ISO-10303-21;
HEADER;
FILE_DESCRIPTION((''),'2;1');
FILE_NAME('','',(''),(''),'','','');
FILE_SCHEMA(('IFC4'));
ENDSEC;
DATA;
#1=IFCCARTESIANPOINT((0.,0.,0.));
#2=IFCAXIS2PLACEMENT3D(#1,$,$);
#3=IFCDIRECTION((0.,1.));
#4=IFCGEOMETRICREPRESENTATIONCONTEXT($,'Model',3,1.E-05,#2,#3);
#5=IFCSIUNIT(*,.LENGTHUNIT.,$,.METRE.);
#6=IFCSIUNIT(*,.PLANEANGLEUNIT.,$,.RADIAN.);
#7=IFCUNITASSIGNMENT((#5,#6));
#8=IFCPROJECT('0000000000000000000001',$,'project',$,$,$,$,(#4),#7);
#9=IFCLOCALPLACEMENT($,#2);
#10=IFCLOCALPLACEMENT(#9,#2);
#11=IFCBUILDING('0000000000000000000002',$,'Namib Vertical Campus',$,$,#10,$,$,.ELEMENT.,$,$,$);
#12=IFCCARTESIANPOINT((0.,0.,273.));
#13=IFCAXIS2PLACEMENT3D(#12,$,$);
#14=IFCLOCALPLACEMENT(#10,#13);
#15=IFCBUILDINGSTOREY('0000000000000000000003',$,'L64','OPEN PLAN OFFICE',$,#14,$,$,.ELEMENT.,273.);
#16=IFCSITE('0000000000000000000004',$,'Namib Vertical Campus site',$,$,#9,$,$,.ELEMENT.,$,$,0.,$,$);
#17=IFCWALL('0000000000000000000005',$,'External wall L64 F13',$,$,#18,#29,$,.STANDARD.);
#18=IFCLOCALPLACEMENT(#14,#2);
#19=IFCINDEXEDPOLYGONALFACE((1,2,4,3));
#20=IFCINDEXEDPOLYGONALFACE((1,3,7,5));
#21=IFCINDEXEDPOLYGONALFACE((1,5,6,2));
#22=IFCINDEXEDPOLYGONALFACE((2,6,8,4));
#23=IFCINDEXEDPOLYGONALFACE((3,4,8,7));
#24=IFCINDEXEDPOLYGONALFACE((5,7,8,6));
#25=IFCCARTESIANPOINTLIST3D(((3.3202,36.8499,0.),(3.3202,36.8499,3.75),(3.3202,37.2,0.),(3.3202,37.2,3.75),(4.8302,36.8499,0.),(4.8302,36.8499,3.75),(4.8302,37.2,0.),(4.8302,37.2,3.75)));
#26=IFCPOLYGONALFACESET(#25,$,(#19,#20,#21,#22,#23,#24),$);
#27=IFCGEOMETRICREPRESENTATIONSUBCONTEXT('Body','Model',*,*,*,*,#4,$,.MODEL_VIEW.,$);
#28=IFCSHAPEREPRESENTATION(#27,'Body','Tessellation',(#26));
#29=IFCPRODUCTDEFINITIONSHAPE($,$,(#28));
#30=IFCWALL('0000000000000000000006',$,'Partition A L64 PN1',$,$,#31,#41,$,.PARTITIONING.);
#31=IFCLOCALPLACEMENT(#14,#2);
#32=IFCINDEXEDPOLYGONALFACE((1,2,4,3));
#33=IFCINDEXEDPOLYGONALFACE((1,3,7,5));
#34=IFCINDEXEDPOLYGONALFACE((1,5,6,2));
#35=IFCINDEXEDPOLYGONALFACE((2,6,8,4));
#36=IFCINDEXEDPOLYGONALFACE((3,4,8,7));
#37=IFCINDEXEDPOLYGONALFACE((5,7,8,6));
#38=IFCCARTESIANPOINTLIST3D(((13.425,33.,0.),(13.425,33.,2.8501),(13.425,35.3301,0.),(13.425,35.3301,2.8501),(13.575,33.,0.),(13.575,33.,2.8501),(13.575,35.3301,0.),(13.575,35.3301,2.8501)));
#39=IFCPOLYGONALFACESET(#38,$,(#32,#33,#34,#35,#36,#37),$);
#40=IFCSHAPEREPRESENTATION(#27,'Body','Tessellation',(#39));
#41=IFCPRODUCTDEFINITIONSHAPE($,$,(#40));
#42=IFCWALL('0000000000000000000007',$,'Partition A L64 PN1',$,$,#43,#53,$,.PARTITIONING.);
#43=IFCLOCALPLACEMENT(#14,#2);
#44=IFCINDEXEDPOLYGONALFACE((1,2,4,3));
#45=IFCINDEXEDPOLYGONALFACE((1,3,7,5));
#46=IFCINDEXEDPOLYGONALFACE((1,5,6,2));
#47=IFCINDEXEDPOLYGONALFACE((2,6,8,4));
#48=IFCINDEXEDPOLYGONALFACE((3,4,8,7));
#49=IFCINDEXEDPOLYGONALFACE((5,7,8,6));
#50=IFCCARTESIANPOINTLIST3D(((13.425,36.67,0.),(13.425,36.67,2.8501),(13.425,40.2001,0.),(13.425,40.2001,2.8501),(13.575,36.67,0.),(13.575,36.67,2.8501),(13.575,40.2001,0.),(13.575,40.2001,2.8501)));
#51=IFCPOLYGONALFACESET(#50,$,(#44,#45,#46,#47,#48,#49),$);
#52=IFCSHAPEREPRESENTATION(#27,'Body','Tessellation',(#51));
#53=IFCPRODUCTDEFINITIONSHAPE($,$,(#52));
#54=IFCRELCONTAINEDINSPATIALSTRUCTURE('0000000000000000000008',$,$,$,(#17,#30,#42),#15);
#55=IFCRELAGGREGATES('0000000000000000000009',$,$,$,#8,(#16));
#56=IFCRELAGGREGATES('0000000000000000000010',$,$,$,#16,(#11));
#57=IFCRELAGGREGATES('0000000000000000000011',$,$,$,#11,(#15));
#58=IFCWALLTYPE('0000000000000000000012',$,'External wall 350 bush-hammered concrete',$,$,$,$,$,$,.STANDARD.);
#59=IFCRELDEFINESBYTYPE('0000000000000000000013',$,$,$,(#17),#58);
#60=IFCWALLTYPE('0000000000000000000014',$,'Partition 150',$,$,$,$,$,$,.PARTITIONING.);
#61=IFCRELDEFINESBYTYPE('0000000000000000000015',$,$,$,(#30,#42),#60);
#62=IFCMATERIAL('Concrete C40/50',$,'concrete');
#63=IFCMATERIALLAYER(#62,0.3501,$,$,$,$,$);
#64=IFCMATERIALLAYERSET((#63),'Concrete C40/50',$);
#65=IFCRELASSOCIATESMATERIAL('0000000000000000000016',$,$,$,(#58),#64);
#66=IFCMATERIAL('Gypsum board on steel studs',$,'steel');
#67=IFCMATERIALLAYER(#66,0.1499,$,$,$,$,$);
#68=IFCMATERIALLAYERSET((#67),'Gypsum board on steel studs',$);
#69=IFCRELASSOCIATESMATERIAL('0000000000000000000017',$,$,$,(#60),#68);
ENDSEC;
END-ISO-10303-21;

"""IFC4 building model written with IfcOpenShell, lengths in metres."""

from ifc_helpers import new_model, si_unit, direction, frame, frame_2d, origin, place, context, subcontext, project, spatial, rectangle, extrude, material, layer, layer_set, type_object, element, save


model = new_model("IFC4")

# Units and contexts
model_context = context("Model", 3, precision=1e-05, world=origin(), true_north=direction((0.0, 1.0)))
body_context = subcontext(model_context, "Body", "Model", "MODEL_VIEW")
ifc_project = project(units=[si_unit("LENGTHUNIT", "METRE"), si_unit("PLANEANGLEUNIT", "RADIAN")], contexts=[model_context])

# Site, building, storey
site_placement = place(None, origin())
site = spatial("IfcSite", under=ifc_project, at=site_placement, Name="Namib Vertical Campus site", CompositionType="ELEMENT", RefElevation=0.0)
building_placement = place(site_placement, origin())
building = spatial("IfcBuilding", under=site, at=building_placement, Name="Namib Vertical Campus", CompositionType="ELEMENT")
storey_placement = place(building_placement, frame((0.0, 0.0, 273.0)))
storey = spatial("IfcBuildingStorey", under=building, at=storey_placement, Name="L64", Description="OPEN PLAN OFFICE", CompositionType="ELEMENT", Elevation=273.0)

# Walls
ifc_material_1 = material(Name="Concrete C40/50", Category="concrete")
ifc_layer_1 = layer(ifc_material_1, 0.3501)
ifc_layer_set_1 = layer_set([ifc_layer_1], Name="Concrete C40/50")
wall_type_1 = type_object("IfcWallType", Name="External wall 350 bush-hammered concrete", PredefinedType="STANDARD", material=ifc_layer_set_1)
wall_1_placement = place(storey_placement, frame((4.8301, 37.0249, 0.0), z_axis=(0.0, 0.0, 1.0), x_axis=(-1.0, 0.0, 0.0)))
element("IfcWall", 1, at=wall_1_placement, inside=storey, type_object=wall_type_1, Name="External wall L64 F13", PredefinedType="STANDARD", context=body_context, shape_type="SweptSolid", body=[
    extrude(rectangle(XDim=1.51, YDim=0.3501, at=frame_2d((0.7549, 0.0))), origin(), (0.0, 0.0, 1.0), 3.75),
])
ifc_material_2 = material(Name="Gypsum board on steel studs", Category="steel")
ifc_layer_2 = layer(ifc_material_2, 0.1499)
ifc_layer_set_2 = layer_set([ifc_layer_2], Name="Gypsum board on steel studs")
wall_type_2 = type_object("IfcWallType", Name="Partition 150", PredefinedType="PARTITIONING", material=ifc_layer_set_2)
wall_2_placement = place(storey_placement, frame((13.5, 33.0, 0.0), z_axis=(0.0, 0.0, 1.0), x_axis=(0.0, 1.0, 0.0)))
element("IfcWall", 2, at=wall_2_placement, inside=storey, type_object=wall_type_2, Name="Partition A L64 PN1", PredefinedType="PARTITIONING", context=body_context, shape_type="SweptSolid", body=[
    extrude(rectangle(XDim=2.3301, YDim=0.1499, at=frame_2d((1.165, 0.0))), origin(), (0.0, 0.0, 1.0), 2.8501),
])
wall_3_placement = place(storey_placement, frame((13.5, 36.6699, 0.0), z_axis=(0.0, 0.0, 1.0), x_axis=(0.0, 1.0, 0.0)))
element("IfcWall", 3, at=wall_3_placement, inside=storey, type_object=wall_type_2, Name="Partition A L64 PN1", PredefinedType="PARTITIONING", context=body_context, shape_type="SweptSolid", body=[
    extrude(rectangle(XDim=3.53, YDim=0.1499, at=frame_2d((1.7651, 0.0))), origin(), (0.0, 0.0, 1.0), 2.8501),
])

save(model, "model.ifc")
